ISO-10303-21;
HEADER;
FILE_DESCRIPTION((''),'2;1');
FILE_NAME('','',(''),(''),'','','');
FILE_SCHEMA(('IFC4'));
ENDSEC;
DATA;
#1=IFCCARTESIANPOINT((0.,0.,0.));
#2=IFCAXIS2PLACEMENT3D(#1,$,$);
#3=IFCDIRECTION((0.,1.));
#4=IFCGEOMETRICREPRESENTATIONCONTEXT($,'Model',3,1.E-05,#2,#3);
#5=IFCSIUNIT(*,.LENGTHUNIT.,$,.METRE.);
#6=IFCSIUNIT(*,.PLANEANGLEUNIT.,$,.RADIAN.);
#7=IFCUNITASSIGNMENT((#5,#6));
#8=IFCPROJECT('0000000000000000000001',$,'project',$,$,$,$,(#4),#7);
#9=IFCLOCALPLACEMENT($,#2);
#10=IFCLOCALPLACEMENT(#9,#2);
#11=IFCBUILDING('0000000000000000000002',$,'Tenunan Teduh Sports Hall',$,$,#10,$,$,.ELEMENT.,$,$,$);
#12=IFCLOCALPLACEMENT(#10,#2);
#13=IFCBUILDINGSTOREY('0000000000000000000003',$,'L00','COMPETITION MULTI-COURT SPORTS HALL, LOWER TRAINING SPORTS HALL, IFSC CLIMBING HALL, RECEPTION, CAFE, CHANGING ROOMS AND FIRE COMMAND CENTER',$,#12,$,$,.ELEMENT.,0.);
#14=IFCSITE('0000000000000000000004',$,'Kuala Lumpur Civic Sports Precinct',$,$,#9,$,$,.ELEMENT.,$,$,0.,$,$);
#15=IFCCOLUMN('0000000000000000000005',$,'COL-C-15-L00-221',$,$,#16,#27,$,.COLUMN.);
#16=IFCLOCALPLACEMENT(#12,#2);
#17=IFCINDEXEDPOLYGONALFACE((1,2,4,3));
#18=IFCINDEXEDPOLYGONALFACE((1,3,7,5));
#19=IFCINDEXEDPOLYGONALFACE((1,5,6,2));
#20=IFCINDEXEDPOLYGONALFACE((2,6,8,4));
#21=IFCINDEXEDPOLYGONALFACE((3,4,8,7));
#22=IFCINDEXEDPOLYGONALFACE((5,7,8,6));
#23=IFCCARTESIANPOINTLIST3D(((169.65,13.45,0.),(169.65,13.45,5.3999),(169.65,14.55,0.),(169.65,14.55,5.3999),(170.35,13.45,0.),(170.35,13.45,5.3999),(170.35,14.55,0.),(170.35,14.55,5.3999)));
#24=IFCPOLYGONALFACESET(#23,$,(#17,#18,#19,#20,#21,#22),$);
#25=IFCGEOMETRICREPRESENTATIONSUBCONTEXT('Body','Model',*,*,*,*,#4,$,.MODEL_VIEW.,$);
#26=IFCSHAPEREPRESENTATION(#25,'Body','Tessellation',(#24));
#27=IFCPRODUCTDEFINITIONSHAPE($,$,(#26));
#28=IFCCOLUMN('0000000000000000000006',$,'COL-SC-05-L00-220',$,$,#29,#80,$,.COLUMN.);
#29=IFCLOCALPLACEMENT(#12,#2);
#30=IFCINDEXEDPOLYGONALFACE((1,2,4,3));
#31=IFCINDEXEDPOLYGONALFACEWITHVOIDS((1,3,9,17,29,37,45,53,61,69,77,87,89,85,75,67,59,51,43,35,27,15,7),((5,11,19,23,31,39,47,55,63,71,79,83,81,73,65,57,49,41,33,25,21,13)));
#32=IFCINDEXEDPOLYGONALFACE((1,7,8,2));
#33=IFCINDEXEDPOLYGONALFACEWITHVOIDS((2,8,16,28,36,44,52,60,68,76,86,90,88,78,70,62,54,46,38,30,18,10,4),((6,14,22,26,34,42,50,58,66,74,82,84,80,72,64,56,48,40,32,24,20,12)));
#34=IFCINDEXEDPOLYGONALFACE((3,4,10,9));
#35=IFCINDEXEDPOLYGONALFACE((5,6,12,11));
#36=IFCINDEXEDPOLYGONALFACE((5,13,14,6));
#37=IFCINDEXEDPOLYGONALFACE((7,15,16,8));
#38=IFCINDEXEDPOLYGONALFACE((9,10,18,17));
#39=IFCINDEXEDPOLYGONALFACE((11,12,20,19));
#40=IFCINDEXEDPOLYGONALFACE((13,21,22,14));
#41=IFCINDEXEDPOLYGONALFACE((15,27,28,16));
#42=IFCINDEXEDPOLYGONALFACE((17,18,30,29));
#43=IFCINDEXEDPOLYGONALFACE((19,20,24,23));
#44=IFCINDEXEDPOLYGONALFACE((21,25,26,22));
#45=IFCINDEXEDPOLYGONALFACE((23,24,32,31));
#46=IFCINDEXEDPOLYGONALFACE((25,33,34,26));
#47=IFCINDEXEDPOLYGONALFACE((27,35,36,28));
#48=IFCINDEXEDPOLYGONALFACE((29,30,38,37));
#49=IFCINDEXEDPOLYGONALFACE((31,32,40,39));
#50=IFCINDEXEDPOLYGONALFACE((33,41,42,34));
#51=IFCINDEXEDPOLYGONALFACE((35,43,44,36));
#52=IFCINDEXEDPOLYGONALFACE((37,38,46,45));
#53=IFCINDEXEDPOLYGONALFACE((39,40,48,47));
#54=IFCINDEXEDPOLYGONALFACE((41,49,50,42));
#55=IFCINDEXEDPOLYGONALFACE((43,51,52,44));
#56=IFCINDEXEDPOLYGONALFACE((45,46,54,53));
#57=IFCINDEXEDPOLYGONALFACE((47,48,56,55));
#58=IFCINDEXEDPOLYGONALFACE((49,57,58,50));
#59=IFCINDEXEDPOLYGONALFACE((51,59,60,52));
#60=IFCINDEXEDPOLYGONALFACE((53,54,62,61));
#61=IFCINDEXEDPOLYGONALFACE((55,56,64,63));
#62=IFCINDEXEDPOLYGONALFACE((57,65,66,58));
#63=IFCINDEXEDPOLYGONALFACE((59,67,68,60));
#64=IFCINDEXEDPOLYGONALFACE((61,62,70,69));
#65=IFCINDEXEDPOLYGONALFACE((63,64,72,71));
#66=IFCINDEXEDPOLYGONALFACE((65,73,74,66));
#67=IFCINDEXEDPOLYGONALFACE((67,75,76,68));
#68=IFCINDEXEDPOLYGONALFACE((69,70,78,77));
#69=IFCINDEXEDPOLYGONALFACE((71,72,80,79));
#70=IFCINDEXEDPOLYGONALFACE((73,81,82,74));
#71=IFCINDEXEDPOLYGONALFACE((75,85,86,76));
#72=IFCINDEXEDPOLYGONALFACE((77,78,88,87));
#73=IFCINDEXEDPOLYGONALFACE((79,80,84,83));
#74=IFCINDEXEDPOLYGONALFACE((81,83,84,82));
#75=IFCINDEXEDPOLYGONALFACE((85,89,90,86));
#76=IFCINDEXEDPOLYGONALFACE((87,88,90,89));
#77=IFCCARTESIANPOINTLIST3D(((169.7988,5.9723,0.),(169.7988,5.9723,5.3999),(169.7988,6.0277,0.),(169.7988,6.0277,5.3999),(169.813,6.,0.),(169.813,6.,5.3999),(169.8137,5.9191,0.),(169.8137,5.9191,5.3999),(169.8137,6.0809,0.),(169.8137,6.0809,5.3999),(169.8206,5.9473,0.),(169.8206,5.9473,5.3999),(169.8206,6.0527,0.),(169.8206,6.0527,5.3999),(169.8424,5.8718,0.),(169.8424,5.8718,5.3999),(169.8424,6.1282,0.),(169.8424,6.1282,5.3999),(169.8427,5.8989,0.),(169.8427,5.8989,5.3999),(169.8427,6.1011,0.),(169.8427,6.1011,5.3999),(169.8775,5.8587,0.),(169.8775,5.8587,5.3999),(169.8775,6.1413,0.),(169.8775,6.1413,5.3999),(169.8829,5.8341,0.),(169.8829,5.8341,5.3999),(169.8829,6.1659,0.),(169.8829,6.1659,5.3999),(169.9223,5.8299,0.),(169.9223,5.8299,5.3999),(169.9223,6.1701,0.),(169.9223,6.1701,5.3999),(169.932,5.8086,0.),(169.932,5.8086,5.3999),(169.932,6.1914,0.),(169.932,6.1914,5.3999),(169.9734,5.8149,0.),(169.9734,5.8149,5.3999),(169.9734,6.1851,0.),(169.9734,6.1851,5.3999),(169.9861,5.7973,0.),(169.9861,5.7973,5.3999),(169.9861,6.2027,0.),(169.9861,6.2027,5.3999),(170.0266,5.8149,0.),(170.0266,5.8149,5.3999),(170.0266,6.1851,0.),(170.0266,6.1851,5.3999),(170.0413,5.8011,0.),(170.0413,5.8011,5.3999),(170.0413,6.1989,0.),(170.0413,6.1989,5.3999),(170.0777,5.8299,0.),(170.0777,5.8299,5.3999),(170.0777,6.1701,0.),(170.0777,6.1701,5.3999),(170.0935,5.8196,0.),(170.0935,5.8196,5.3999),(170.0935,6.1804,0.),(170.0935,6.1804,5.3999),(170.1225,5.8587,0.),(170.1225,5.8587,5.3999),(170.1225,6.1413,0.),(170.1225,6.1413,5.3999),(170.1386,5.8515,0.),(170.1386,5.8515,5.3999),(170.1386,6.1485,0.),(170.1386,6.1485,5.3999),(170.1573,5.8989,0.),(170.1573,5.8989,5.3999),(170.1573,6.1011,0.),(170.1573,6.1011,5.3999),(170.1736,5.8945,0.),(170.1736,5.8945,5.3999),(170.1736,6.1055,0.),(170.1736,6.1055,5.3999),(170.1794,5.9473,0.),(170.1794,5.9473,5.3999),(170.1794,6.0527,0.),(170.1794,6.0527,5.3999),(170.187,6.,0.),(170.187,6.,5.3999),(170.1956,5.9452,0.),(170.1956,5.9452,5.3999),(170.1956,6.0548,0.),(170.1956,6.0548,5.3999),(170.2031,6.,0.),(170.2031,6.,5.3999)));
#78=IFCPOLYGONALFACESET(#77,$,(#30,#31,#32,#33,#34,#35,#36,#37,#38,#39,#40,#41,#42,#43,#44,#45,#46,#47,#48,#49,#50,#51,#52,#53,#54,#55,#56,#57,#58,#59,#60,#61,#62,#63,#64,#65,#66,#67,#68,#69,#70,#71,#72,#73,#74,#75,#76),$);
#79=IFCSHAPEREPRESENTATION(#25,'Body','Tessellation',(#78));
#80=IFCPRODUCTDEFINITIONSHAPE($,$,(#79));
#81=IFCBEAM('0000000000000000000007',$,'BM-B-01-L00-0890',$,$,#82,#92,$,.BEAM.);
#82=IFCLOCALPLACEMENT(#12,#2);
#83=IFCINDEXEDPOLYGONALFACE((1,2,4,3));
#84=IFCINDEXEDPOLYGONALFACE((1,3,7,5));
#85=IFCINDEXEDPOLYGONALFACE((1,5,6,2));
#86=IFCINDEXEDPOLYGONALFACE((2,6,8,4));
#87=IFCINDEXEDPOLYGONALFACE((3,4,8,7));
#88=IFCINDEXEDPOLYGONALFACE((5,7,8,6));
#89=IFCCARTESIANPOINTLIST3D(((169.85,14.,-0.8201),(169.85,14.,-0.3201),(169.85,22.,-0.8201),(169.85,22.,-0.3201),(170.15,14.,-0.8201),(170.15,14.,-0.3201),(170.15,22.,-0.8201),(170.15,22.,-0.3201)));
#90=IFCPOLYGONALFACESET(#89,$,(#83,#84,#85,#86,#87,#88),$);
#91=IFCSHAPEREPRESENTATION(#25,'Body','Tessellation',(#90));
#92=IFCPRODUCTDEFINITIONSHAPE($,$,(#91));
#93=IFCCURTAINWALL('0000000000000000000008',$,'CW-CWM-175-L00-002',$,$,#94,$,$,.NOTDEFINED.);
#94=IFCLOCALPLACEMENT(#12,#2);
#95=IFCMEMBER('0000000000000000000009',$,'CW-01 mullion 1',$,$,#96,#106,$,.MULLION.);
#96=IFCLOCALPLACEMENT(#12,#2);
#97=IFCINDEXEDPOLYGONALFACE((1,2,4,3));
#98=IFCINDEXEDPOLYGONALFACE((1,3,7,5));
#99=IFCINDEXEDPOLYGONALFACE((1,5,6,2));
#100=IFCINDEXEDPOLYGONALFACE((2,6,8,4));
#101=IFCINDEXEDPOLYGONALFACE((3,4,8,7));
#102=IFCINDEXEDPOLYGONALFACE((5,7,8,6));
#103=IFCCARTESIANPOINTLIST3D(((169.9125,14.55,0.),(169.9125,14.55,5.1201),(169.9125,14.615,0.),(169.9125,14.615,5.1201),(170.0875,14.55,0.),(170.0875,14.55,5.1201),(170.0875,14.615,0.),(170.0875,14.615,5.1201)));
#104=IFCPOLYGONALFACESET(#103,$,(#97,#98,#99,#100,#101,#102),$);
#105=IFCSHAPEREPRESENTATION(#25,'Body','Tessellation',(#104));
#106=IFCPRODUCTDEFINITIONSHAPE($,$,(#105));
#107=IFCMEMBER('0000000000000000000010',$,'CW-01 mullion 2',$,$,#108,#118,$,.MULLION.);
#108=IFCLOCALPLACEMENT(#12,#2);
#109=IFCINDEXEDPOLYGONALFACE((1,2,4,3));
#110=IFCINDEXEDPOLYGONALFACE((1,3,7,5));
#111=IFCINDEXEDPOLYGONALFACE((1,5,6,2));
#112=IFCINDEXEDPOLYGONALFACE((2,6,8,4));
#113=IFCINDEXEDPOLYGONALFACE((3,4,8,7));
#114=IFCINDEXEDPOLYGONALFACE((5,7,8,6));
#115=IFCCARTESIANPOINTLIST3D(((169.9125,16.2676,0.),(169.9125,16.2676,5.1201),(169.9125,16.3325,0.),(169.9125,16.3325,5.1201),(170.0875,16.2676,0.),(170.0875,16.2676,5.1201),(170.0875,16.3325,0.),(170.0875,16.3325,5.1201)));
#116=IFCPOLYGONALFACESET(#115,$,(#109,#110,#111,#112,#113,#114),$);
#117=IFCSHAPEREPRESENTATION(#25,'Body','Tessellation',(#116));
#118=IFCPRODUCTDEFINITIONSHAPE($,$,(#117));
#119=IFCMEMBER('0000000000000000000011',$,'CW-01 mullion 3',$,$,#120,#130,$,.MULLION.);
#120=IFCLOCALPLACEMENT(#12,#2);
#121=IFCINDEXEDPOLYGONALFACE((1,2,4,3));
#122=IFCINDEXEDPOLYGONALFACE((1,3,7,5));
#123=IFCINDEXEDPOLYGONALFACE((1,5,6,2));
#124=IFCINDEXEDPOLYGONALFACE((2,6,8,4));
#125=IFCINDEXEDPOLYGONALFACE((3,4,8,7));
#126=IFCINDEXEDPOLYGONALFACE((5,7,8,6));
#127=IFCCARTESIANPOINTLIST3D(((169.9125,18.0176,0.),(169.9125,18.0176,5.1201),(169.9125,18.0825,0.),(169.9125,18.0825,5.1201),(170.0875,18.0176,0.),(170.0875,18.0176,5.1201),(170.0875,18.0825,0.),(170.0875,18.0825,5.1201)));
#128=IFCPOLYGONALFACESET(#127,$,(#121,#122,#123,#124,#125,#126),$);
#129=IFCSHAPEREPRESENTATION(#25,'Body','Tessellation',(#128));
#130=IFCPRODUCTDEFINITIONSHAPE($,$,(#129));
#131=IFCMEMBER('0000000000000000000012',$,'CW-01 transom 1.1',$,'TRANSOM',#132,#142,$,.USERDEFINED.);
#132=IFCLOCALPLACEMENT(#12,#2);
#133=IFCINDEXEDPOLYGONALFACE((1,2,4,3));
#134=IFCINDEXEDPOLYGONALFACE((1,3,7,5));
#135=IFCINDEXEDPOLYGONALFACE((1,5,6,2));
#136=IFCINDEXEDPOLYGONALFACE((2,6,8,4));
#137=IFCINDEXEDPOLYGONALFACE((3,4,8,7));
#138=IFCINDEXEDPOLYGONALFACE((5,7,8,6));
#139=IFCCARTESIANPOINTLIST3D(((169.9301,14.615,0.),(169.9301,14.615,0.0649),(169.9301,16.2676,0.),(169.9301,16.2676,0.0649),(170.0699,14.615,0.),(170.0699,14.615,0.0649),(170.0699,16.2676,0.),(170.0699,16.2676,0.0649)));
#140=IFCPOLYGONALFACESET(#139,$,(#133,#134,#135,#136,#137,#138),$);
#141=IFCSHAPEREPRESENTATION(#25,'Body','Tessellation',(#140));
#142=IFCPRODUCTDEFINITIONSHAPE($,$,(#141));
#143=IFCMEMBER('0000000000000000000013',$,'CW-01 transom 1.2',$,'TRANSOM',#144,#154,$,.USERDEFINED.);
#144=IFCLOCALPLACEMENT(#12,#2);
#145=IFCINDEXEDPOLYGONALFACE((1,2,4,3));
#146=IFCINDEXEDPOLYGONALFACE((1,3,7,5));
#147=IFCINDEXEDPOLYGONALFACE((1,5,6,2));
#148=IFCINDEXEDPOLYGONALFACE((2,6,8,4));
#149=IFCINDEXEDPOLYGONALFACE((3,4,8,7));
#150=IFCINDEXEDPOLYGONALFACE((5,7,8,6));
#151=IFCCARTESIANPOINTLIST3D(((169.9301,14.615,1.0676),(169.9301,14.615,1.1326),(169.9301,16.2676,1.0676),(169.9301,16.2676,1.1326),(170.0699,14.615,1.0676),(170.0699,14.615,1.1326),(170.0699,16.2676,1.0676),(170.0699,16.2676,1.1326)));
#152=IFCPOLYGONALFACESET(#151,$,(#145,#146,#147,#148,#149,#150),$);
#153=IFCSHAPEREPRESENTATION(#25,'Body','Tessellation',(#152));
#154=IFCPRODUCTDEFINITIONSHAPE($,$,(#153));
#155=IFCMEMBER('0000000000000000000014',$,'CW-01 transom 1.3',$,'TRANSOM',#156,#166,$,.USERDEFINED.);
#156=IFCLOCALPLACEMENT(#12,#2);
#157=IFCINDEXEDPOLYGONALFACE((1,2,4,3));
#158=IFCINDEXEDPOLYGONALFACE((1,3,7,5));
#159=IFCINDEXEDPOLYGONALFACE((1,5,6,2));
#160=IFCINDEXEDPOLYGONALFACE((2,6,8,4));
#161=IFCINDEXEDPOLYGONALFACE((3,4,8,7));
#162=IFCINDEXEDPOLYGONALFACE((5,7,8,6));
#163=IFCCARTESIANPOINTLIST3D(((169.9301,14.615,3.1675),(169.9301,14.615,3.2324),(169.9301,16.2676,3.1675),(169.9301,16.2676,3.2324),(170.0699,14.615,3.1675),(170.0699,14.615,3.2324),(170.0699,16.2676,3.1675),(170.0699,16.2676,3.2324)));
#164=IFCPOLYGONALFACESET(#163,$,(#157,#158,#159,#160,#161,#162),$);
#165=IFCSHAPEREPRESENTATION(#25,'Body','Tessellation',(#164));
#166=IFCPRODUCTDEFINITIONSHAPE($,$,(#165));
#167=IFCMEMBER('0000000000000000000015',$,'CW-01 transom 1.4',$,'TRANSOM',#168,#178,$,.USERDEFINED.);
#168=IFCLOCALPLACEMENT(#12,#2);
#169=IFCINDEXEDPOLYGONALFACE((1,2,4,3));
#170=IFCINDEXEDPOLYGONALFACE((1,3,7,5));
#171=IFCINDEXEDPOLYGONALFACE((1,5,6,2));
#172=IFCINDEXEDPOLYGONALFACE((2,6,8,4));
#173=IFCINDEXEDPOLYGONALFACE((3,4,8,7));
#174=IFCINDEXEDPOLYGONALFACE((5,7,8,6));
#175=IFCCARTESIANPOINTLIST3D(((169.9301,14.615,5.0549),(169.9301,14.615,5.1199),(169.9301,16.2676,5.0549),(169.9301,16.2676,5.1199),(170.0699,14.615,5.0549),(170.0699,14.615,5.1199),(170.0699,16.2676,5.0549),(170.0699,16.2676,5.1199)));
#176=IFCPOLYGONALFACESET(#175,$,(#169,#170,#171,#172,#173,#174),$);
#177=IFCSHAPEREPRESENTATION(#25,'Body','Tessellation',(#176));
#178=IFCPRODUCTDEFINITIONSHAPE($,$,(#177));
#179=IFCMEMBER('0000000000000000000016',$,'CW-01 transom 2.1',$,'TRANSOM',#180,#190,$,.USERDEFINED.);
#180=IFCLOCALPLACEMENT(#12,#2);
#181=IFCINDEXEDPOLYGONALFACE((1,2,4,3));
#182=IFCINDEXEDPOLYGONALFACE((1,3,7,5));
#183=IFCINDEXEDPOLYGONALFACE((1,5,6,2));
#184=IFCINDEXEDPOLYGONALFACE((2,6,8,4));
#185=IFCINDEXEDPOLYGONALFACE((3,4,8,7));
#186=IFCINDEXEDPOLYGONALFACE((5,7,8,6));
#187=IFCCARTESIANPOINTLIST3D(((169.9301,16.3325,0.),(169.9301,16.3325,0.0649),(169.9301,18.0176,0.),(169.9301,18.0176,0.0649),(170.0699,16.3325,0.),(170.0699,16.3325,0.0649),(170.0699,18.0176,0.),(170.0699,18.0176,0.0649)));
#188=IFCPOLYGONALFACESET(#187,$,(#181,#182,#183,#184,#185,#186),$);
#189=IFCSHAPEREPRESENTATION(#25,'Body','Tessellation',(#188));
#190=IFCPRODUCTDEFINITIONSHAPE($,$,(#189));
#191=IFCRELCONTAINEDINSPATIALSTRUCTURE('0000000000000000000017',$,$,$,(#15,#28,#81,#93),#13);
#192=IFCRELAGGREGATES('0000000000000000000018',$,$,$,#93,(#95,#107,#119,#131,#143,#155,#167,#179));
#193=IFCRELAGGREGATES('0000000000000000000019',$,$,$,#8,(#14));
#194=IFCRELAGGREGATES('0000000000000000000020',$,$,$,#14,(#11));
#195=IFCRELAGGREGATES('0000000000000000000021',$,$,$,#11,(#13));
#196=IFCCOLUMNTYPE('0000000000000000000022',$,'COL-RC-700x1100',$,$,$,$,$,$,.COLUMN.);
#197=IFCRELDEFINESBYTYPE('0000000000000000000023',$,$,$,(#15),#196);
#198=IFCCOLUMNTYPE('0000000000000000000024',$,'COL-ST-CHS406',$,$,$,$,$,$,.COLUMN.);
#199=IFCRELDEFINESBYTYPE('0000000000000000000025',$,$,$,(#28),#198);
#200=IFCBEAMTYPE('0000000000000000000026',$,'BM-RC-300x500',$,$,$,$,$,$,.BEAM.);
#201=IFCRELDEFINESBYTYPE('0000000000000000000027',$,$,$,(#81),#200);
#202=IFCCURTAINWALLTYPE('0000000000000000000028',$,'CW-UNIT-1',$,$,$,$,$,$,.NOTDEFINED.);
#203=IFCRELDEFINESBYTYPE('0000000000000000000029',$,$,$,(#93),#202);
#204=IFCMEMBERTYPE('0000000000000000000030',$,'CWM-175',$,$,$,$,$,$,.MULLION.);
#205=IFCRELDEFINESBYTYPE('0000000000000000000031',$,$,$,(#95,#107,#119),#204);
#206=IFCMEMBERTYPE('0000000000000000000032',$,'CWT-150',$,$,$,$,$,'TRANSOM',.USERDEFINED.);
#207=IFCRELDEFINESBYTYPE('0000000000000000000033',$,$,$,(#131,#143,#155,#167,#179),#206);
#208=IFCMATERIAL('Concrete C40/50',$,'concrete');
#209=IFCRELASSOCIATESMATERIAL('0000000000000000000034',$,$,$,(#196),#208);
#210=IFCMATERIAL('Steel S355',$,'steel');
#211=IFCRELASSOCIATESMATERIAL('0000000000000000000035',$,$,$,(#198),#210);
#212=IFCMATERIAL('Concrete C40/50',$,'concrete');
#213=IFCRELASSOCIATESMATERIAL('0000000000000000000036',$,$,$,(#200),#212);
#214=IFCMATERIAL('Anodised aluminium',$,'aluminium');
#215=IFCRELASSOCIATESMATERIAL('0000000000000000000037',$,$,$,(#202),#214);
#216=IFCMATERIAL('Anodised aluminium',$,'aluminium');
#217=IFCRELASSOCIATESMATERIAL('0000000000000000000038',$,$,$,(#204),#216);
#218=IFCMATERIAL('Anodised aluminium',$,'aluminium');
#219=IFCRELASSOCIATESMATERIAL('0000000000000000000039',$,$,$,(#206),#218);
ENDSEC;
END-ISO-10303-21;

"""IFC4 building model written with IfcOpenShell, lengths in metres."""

from ifc_helpers import new_model, si_unit, direction, frame, origin, origin_2d, place, context, subcontext, project, spatial, rectangle, hollow_circle, extrude, material, material_profile, profile_set, type_object, element, aggregate, save


model = new_model("IFC4")

# Units and contexts
model_context = context("Model", 3, precision=1e-05, world=origin(), true_north=direction((0.0, 1.0)))
body_context = subcontext(model_context, "Body", "Model", "MODEL_VIEW")
ifc_project = project(units=[si_unit("LENGTHUNIT", "METRE"), si_unit("PLANEANGLEUNIT", "RADIAN")], contexts=[model_context])

# Site, building, storey
site_placement = place(None, origin())
site = spatial("IfcSite", under=ifc_project, at=site_placement, Name="Kuala Lumpur Civic Sports Precinct", CompositionType="ELEMENT", RefElevation=0.0)
building_placement = place(site_placement, origin())
building = spatial("IfcBuilding", under=site, at=building_placement, Name="Tenunan Teduh Sports Hall", CompositionType="ELEMENT")
storey_placement = place(building_placement, origin())
storey = spatial("IfcBuildingStorey", under=building, at=storey_placement, Name="L00", Description="COMPETITION MULTI-COURT SPORTS HALL, LOWER TRAINING SPORTS HALL, IFSC CLIMBING HALL, RECEPTION, CAFE, CHANGING ROOMS AND FIRE COMMAND CENTER", CompositionType="ELEMENT", Elevation=0.0)

# Columns
ifc_material_1 = material(Name="Concrete C40/50", Category="concrete")
ifc_material_profile_1 = material_profile(ifc_material_1, rectangle(XDim=0.7, YDim=1.1001, at=origin_2d()), Name="RC 700x1100")
ifc_profile_set_1 = profile_set([ifc_material_profile_1], Name="Concrete C40/50")
column_type_1 = type_object("IfcColumnType", Name="COL-RC-700x1100", PredefinedType="COLUMN", material=ifc_profile_set_1)
column_1_placement = place(storey_placement, frame((170.0, 14.0, 0.0), z_axis=(0.0, 0.0, 1.0), x_axis=(1.0, 0.0, 0.0)))
element("IfcColumn", 1, at=column_1_placement, inside=storey, type_object=column_type_1, Name="COL-C-15-L00-221", PredefinedType="COLUMN", context=body_context, shape_type="SweptSolid", body=[
    extrude(rectangle(XDim=0.7, YDim=1.1001, at=origin_2d()), origin(), (0.0, 0.0, 1.0), 5.3999),
])
ifc_material_2 = material(Name="Steel S355", Category="steel")
ifc_material_profile_2 = material_profile(ifc_material_2, hollow_circle(Radius=0.2031, WallThickness=0.0161, at=origin_2d()), Name="CHS 406.4x16.0")
ifc_profile_set_2 = profile_set([ifc_material_profile_2], Name="Steel S355")
column_type_2 = type_object("IfcColumnType", Name="COL-ST-CHS406", PredefinedType="COLUMN", material=ifc_profile_set_2)
column_2_placement = place(storey_placement, frame((170.0, 6.0, 0.0), z_axis=(0.0, 0.0, 1.0), x_axis=(1.0, 0.0, 0.0)))
element("IfcColumn", 2, at=column_2_placement, inside=storey, type_object=column_type_2, Name="COL-SC-05-L00-220", PredefinedType="COLUMN", context=body_context, shape_type="SweptSolid", body=[
    extrude(hollow_circle(Radius=0.2031, WallThickness=0.0161, at=origin_2d()), origin(), (0.0, 0.0, 1.0), 5.3999),
])

# Beam
ifc_material_3 = material(Name="Concrete C40/50", Category="concrete")
ifc_material_profile_3 = material_profile(ifc_material_3, rectangle(XDim=0.3, YDim=0.5, at=origin_2d()), Name="RCB 300x500")
ifc_profile_set_3 = profile_set([ifc_material_profile_3], Name="Concrete C40/50")
beam_type = type_object("IfcBeamType", Name="BM-RC-300x500", PredefinedType="BEAM", material=ifc_profile_set_3)
beam_placement = place(storey_placement, frame((170.0, 14.0, -0.5701), z_axis=(0.0, 1.0, 0.0), x_axis=(-1.0, 0.0, 0.0)))
element("IfcBeam", 3, at=beam_placement, inside=storey, type_object=beam_type, Name="BM-B-01-L00-0890", PredefinedType="BEAM", context=body_context, shape_type="SweptSolid", body=[
    extrude(rectangle(XDim=0.3, YDim=0.5, at=origin_2d()), origin(), (0.0, 0.0, 1.0), 8.0),
])

# Curtain wall, members
ifc_material_4 = material(Name="Anodised aluminium", Category="aluminium")
curtain_wall_type = type_object("IfcCurtainWallType", Name="CW-UNIT-1", PredefinedType="NOTDEFINED", material=ifc_material_4)
curtain_wall_placement = place(storey_placement, origin())
curtain_wall = element("IfcCurtainWall", 4, at=curtain_wall_placement, inside=storey, type_object=curtain_wall_type, Name="CW-CWM-175-L00-002", PredefinedType="NOTDEFINED")
ifc_material_5 = material(Name="Anodised aluminium", Category="aluminium")
ifc_material_profile_4 = material_profile(ifc_material_5, rectangle(XDim=0.0649, YDim=0.175, at=origin_2d()), Name="CWM 65x175")
ifc_profile_set_4 = profile_set([ifc_material_profile_4], Name="Anodised aluminium")
member_type_1 = type_object("IfcMemberType", Name="CWM-175", PredefinedType="MULLION", material=ifc_profile_set_4)
member_1_placement = place(storey_placement, frame((170.0, 14.5825, 0.0), z_axis=(0.0, 0.0, 1.0), x_axis=(0.0, 1.0, 0.0)))
member_1 = element("IfcMember", 5, at=member_1_placement, type_object=member_type_1, Name="CW-01 mullion 1", PredefinedType="MULLION", context=body_context, shape_type="SweptSolid", body=[
    extrude(rectangle(XDim=0.0649, YDim=0.175, at=origin_2d()), origin(), (0.0, 0.0, 1.0), 5.1201),
])
member_2_placement = place(storey_placement, frame((170.0, 16.3, 0.0), z_axis=(0.0, 0.0, 1.0), x_axis=(0.0, 1.0, 0.0)))
member_2 = element("IfcMember", 6, at=member_2_placement, type_object=member_type_1, Name="CW-01 mullion 2", PredefinedType="MULLION", context=body_context, shape_type="SweptSolid", body=[
    extrude(rectangle(XDim=0.0649, YDim=0.175, at=origin_2d()), origin(), (0.0, 0.0, 1.0), 5.1201),
])
member_3_placement = place(storey_placement, frame((170.0, 18.05, 0.0), z_axis=(0.0, 0.0, 1.0), x_axis=(0.0, 1.0, 0.0)))
member_3 = element("IfcMember", 7, at=member_3_placement, type_object=member_type_1, Name="CW-01 mullion 3", PredefinedType="MULLION", context=body_context, shape_type="SweptSolid", body=[
    extrude(rectangle(XDim=0.0649, YDim=0.175, at=origin_2d()), origin(), (0.0, 0.0, 1.0), 5.1201),
])
ifc_material_6 = material(Name="Anodised aluminium", Category="aluminium")
ifc_material_profile_5 = material_profile(ifc_material_6, rectangle(XDim=0.0649, YDim=0.1399, at=origin_2d()), Name="CWT 65x140")
ifc_profile_set_5 = profile_set([ifc_material_profile_5], Name="Anodised aluminium")
member_type_2 = type_object("IfcMemberType", Name="CWT-150", ElementType="TRANSOM", PredefinedType="USERDEFINED", material=ifc_profile_set_5)
member_4_placement = place(storey_placement, frame((170.0, 14.615, 0.0325), z_axis=(0.0, 1.0, 0.0), x_axis=(0.0, 0.0, 1.0)))
member_4 = element("IfcMember", 8, at=member_4_placement, type_object=member_type_2, Name="CW-01 transom 1.1", ObjectType="TRANSOM", PredefinedType="USERDEFINED", context=body_context, shape_type="SweptSolid", body=[
    extrude(rectangle(XDim=0.0649, YDim=0.1399, at=origin_2d()), origin(), (0.0, 0.0, 1.0), 1.6526),
])
member_5_placement = place(storey_placement, frame((170.0, 14.615, 1.1001), z_axis=(0.0, 1.0, 0.0), x_axis=(0.0, 0.0, 1.0)))
member_5 = element("IfcMember", 9, at=member_5_placement, type_object=member_type_2, Name="CW-01 transom 1.2", ObjectType="TRANSOM", PredefinedType="USERDEFINED", context=body_context, shape_type="SweptSolid", body=[
    extrude(rectangle(XDim=0.0649, YDim=0.1399, at=origin_2d()), origin(), (0.0, 0.0, 1.0), 1.6526),
])
member_6_placement = place(storey_placement, frame((170.0, 14.615, 3.2), z_axis=(0.0, 1.0, 0.0), x_axis=(0.0, 0.0, 1.0)))
member_6 = element("IfcMember", 10, at=member_6_placement, type_object=member_type_2, Name="CW-01 transom 1.3", ObjectType="TRANSOM", PredefinedType="USERDEFINED", context=body_context, shape_type="SweptSolid", body=[
    extrude(rectangle(XDim=0.0649, YDim=0.1399, at=origin_2d()), origin(), (0.0, 0.0, 1.0), 1.6526),
])
member_7_placement = place(storey_placement, frame((170.0, 14.615, 5.0874), z_axis=(0.0, 1.0, 0.0), x_axis=(0.0, 0.0, 1.0)))
member_7 = element("IfcMember", 11, at=member_7_placement, type_object=member_type_2, Name="CW-01 transom 1.4", ObjectType="TRANSOM", PredefinedType="USERDEFINED", context=body_context, shape_type="SweptSolid", body=[
    extrude(rectangle(XDim=0.0649, YDim=0.1399, at=origin_2d()), origin(), (0.0, 0.0, 1.0), 1.6526),
])
member_8_placement = place(storey_placement, frame((170.0, 16.3325, 0.0325), z_axis=(0.0, 1.0, 0.0), x_axis=(0.0, 0.0, 1.0)))
member_8 = element("IfcMember", 12, at=member_8_placement, type_object=member_type_2, Name="CW-01 transom 2.1", ObjectType="TRANSOM", PredefinedType="USERDEFINED", context=body_context, shape_type="SweptSolid", body=[
    extrude(rectangle(XDim=0.0649, YDim=0.1399, at=origin_2d()), origin(), (0.0, 0.0, 1.0), 1.6851),
])

aggregate(curtain_wall, [member_1, member_2, member_3, member_4, member_5, member_6, member_7, member_8])

save(model, "model.ifc")
